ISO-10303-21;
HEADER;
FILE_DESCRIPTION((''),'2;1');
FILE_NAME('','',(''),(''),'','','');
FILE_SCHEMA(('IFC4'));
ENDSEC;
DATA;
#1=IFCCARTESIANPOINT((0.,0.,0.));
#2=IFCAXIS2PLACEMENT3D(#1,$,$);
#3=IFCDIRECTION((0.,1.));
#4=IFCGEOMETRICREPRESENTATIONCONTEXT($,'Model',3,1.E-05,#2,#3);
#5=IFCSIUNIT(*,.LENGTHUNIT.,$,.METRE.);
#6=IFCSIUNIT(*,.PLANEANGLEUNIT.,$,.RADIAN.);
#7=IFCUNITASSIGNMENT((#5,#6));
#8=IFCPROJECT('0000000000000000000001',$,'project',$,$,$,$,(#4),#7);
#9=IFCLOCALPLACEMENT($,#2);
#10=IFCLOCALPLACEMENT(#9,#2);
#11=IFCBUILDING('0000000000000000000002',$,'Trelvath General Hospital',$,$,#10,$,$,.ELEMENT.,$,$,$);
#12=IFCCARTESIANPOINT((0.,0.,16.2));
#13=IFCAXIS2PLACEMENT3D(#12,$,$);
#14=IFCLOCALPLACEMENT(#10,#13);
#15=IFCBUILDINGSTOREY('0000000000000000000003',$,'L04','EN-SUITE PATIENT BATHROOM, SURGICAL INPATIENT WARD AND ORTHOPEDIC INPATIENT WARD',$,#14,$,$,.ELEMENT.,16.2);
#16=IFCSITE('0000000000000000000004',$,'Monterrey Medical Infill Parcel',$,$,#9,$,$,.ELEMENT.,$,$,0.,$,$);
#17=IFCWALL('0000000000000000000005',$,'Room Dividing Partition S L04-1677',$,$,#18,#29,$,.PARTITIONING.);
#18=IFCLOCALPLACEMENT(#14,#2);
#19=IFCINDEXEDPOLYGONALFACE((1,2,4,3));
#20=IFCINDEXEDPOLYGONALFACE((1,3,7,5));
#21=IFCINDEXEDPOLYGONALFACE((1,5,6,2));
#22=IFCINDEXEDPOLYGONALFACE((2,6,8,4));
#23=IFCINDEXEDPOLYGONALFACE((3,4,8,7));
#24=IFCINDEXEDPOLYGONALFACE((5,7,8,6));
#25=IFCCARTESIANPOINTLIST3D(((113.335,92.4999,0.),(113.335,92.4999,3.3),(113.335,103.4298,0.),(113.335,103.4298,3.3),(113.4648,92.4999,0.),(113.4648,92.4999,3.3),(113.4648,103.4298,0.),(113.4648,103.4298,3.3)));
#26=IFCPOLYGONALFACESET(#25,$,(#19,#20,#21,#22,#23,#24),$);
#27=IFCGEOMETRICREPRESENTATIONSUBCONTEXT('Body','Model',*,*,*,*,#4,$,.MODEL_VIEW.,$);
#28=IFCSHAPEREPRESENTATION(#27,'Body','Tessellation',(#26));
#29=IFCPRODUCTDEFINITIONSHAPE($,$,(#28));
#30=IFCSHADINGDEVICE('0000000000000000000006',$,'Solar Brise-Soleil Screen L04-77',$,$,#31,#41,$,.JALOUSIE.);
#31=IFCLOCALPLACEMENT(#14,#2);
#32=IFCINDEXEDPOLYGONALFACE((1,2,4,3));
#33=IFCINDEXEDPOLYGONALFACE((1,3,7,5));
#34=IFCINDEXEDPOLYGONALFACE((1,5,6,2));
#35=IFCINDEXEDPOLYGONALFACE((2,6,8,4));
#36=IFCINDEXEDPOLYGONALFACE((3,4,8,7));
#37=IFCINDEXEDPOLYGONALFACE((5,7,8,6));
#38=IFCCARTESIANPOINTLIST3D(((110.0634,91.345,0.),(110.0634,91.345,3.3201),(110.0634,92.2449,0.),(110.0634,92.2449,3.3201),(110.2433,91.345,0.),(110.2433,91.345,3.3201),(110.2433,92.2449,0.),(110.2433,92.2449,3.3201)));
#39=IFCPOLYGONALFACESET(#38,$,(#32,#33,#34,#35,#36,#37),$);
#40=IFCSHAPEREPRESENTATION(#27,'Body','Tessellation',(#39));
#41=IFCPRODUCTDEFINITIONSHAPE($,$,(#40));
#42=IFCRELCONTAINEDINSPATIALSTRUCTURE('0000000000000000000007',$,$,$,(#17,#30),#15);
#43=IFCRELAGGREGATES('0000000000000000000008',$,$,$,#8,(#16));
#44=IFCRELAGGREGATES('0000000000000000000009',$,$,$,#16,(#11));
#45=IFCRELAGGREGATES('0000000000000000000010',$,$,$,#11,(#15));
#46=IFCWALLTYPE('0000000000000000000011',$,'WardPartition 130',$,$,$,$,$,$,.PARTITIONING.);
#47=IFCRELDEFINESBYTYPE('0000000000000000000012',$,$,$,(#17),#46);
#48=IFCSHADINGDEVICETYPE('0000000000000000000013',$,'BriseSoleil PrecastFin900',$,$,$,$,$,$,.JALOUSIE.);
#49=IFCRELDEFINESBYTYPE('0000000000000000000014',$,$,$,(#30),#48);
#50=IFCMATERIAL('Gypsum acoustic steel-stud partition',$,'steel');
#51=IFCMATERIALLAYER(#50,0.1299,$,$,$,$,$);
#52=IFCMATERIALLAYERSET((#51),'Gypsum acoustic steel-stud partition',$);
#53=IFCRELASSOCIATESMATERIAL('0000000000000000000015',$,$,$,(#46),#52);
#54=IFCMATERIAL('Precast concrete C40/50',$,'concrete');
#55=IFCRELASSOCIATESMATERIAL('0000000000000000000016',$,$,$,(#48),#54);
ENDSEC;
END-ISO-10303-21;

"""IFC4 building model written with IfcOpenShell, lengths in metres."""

from ifc_helpers import new_model, si_unit, direction, frame, frame_2d, origin, origin_2d, place, context, subcontext, project, spatial, rectangle, extrude, material, layer, layer_set, type_object, element, save


model = new_model("IFC4")

# Units and contexts
model_context = context("Model", 3, precision=1e-05, world=origin(), true_north=direction((0.0, 1.0)))
body_context = subcontext(model_context, "Body", "Model", "MODEL_VIEW")
ifc_project = project(units=[si_unit("LENGTHUNIT", "METRE"), si_unit("PLANEANGLEUNIT", "RADIAN")], contexts=[model_context])

# Site, building, storey
site_placement = place(None, origin())
site = spatial("IfcSite", under=ifc_project, at=site_placement, Name="Monterrey Medical Infill Parcel", CompositionType="ELEMENT", RefElevation=0.0)
building_placement = place(site_placement, origin())
building = spatial("IfcBuilding", under=site, at=building_placement, Name="Trelvath General Hospital", CompositionType="ELEMENT")
storey_placement = place(building_placement, frame((0.0, 0.0, 16.2)))
storey = spatial("IfcBuildingStorey", under=building, at=storey_placement, Name="L04", Description="EN-SUITE PATIENT BATHROOM, SURGICAL INPATIENT WARD AND ORTHOPEDIC INPATIENT WARD", CompositionType="ELEMENT", Elevation=16.2)

# Wall
ifc_material_1 = material(Name="Gypsum acoustic steel-stud partition", Category="steel")
ifc_layer_1 = layer(ifc_material_1, 0.1299)
ifc_layer_set_1 = layer_set([ifc_layer_1], Name="Gypsum acoustic steel-stud partition")
wall_type_1 = type_object("IfcWallType", Name="WardPartition 130", PredefinedType="PARTITIONING", material=ifc_layer_set_1)
wall_1_placement = place(storey_placement, frame((113.3999, 92.5, 0.0), z_axis=(0.0, 0.0, 1.0), x_axis=(0.0, 1.0, 0.0)))
element("IfcWall", 1, at=wall_1_placement, inside=storey, type_object=wall_type_1, Name="Room Dividing Partition S L04-1677", PredefinedType="PARTITIONING", context=body_context, shape_type="SweptSolid", body=[
    extrude(rectangle(XDim=10.9299, YDim=0.1299, at=frame_2d((5.4648, 0.0))), origin(), (0.0, 0.0, 1.0), 3.3),
])

# Shading device
ifc_material_2 = material(Name="Precast concrete C40/50", Category="concrete")
shading_device_type = type_object("IfcShadingDeviceType", Name="BriseSoleil PrecastFin900", PredefinedType="JALOUSIE", material=ifc_material_2)
shading_device_placement = place(storey_placement, frame((110.1533, 91.7949, 0.0), z_axis=(0.0, 0.0, 1.0), x_axis=(0.0, -1.0, 0.0)))
element("IfcShadingDevice", 2, at=shading_device_placement, inside=storey, type_object=shading_device_type, Name="Solar Brise-Soleil Screen L04-77", PredefinedType="JALOUSIE", context=body_context, shape_type="SweptSolid", body=[
    extrude(rectangle(XDim=0.8999, YDim=0.1799, at=origin_2d()), origin(), (0.0, 0.0, 1.0), 3.3201),
])

save(model, "model.ifc")
